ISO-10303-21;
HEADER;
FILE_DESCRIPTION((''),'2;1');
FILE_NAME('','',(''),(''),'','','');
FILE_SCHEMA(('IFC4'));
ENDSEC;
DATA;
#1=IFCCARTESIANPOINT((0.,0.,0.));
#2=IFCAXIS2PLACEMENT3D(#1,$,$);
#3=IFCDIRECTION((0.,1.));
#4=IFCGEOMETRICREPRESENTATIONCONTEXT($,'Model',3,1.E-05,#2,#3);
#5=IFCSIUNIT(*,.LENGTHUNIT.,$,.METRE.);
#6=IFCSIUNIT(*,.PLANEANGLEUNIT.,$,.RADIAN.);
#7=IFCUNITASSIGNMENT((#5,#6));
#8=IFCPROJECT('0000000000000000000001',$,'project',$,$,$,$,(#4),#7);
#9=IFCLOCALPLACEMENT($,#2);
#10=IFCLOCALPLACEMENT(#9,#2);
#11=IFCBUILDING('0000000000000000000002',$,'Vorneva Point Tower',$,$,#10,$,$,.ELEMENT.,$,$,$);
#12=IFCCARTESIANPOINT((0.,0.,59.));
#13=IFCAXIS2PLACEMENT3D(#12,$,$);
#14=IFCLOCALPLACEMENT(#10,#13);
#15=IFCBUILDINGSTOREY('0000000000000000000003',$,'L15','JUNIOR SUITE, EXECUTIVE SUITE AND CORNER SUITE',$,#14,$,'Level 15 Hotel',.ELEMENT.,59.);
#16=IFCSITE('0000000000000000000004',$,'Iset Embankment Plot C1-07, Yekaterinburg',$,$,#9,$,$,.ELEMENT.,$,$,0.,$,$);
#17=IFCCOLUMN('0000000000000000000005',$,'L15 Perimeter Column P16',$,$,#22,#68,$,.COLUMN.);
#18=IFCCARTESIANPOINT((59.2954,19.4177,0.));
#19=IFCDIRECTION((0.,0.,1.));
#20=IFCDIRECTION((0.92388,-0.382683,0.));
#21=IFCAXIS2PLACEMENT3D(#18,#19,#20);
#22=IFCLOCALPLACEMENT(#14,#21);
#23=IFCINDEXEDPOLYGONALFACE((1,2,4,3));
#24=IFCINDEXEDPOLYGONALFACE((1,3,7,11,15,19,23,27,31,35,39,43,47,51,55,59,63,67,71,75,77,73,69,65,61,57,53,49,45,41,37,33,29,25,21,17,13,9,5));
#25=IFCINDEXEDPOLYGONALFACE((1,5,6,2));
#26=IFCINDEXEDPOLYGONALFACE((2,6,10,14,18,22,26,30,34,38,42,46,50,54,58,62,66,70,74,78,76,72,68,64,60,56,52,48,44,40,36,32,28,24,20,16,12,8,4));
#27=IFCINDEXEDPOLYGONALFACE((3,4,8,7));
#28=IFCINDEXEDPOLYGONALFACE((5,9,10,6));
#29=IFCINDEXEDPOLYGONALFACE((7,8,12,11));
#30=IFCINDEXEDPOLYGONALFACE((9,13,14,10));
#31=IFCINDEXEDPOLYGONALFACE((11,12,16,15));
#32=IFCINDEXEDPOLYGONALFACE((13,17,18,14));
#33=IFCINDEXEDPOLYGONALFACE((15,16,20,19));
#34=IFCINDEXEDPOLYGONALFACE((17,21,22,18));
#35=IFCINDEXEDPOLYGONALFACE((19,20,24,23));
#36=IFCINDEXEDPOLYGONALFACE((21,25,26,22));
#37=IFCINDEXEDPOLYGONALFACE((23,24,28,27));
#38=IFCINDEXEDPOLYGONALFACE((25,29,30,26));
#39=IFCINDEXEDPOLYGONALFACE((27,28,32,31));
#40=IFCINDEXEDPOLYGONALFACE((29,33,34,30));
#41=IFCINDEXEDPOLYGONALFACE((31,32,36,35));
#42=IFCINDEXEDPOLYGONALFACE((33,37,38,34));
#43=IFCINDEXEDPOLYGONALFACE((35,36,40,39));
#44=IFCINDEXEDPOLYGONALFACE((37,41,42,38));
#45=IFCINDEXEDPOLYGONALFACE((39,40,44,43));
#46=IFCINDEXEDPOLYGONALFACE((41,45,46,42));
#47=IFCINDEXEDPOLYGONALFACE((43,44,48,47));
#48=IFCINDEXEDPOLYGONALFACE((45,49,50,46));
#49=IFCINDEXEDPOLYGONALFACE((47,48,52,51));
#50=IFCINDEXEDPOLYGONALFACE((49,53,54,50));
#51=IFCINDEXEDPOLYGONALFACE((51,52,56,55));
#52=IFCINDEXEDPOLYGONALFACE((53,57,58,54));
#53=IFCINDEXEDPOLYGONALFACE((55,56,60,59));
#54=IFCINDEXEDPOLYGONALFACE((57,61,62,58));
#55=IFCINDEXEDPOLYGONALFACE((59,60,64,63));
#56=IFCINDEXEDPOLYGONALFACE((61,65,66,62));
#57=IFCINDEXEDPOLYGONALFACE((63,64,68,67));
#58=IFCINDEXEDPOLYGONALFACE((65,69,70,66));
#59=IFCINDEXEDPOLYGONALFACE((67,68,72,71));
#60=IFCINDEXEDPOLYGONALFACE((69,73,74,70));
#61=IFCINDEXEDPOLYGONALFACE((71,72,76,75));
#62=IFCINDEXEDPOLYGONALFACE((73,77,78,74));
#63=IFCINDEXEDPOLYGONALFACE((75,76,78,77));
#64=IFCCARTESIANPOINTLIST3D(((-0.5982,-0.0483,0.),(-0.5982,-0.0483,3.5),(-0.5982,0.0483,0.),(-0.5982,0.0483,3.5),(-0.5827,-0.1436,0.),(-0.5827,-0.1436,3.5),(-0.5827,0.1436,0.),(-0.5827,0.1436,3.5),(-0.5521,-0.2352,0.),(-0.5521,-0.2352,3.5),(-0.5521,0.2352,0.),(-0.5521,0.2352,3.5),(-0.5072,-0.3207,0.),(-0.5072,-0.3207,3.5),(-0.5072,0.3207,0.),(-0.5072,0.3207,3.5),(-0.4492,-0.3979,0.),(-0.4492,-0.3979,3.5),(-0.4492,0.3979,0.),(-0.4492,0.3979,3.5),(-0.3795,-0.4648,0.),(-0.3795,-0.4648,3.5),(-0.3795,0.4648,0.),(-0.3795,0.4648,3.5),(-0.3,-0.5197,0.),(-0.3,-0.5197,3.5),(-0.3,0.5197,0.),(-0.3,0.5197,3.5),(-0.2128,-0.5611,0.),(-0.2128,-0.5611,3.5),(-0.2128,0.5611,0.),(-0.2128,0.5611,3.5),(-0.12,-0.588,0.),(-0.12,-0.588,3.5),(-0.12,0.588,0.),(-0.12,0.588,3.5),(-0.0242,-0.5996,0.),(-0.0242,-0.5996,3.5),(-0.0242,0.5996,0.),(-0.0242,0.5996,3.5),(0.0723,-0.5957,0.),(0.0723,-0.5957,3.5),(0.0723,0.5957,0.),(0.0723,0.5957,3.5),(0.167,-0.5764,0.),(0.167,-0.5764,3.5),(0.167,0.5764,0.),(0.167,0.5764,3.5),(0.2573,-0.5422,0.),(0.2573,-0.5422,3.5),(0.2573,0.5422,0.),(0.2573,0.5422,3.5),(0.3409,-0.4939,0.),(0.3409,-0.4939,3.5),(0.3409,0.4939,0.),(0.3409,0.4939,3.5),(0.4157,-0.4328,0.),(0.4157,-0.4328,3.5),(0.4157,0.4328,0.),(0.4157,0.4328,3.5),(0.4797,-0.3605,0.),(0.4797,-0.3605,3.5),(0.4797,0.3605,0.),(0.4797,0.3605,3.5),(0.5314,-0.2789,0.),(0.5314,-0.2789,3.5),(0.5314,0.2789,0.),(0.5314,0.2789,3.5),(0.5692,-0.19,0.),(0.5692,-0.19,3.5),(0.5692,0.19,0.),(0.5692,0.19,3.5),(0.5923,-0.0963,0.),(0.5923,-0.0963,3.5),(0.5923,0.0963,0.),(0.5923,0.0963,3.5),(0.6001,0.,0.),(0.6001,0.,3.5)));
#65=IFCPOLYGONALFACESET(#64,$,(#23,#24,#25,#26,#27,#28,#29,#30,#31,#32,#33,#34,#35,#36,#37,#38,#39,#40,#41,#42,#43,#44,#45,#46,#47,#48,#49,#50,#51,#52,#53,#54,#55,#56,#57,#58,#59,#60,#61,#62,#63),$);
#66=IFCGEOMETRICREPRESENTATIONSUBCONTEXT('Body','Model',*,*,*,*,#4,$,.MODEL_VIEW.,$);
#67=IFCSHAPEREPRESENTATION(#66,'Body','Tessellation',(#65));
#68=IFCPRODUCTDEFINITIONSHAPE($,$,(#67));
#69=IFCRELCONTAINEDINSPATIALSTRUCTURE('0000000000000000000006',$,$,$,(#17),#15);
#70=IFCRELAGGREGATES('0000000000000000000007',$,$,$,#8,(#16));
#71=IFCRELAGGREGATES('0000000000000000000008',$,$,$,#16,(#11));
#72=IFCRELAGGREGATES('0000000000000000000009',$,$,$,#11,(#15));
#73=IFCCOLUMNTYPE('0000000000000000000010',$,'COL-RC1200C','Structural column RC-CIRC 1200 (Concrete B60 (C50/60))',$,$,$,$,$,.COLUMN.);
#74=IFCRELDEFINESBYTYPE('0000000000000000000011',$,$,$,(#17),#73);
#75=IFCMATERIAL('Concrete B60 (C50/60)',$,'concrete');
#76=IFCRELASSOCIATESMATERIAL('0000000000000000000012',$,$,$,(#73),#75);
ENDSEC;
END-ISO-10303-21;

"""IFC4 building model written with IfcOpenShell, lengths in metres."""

from ifc_helpers import new_model, si_unit, direction, frame, origin, origin_2d, place, context, subcontext, project, spatial, circle, extrude, material, material_profile, profile_set, type_object, element, save


model = new_model("IFC4")

# Units and contexts
model_context = context("Model", 3, precision=1e-05, world=origin(), true_north=direction((0.0, 1.0)))
body_context = subcontext(model_context, "Body", "Model", "MODEL_VIEW")
ifc_project = project(units=[si_unit("LENGTHUNIT", "METRE"), si_unit("PLANEANGLEUNIT", "RADIAN")], contexts=[model_context])

# Site, building, storey
site_placement = place(None, origin())
site = spatial("IfcSite", under=ifc_project, at=site_placement, Name="Iset Embankment Plot C1-07, Yekaterinburg", CompositionType="ELEMENT", RefElevation=0.0)
building_placement = place(site_placement, origin())
building = spatial("IfcBuilding", under=site, at=building_placement, Name="Vorneva Point Tower", CompositionType="ELEMENT")
storey_placement = place(building_placement, frame((0.0, 0.0, 59.0)))
storey = spatial("IfcBuildingStorey", under=building, at=storey_placement, Name="L15", Description="JUNIOR SUITE, EXECUTIVE SUITE AND CORNER SUITE", LongName="Level 15 Hotel", CompositionType="ELEMENT", Elevation=59.0)

# Column
ifc_material_1 = material(Name="Concrete B60 (C50/60)", Category="concrete")
ifc_material_profile_1 = material_profile(ifc_material_1, circle(Radius=0.6001, at=origin_2d()), Name="RC-CIRC 1200")
ifc_profile_set_1 = profile_set([ifc_material_profile_1], Name="Concrete B60 (C50/60)")
column_type = type_object("IfcColumnType", Name="COL-RC1200C", Description="Structural column RC-CIRC 1200 (Concrete B60 (C50/60))", PredefinedType="COLUMN", material=ifc_profile_set_1)
for number, where, z_axis, x_axis, name in (
    (1, (59.2954, 19.4177, 0.0), (0.0, 0.0, 1.0), (0.92388, -0.382683, 0.0), "L15 Perimeter Column P16"),
):
    element("IfcColumn", number, at=place(storey_placement, frame(where, z_axis=z_axis, x_axis=x_axis)), inside=storey, type_object=column_type, Name=name, PredefinedType="COLUMN", context=body_context, shape_type="SweptSolid", body=[
        extrude(circle(Radius=0.6001, at=origin_2d()), origin(), (0.0, 0.0, 1.0), 3.5),
    ])

save(model, "model.ifc")
